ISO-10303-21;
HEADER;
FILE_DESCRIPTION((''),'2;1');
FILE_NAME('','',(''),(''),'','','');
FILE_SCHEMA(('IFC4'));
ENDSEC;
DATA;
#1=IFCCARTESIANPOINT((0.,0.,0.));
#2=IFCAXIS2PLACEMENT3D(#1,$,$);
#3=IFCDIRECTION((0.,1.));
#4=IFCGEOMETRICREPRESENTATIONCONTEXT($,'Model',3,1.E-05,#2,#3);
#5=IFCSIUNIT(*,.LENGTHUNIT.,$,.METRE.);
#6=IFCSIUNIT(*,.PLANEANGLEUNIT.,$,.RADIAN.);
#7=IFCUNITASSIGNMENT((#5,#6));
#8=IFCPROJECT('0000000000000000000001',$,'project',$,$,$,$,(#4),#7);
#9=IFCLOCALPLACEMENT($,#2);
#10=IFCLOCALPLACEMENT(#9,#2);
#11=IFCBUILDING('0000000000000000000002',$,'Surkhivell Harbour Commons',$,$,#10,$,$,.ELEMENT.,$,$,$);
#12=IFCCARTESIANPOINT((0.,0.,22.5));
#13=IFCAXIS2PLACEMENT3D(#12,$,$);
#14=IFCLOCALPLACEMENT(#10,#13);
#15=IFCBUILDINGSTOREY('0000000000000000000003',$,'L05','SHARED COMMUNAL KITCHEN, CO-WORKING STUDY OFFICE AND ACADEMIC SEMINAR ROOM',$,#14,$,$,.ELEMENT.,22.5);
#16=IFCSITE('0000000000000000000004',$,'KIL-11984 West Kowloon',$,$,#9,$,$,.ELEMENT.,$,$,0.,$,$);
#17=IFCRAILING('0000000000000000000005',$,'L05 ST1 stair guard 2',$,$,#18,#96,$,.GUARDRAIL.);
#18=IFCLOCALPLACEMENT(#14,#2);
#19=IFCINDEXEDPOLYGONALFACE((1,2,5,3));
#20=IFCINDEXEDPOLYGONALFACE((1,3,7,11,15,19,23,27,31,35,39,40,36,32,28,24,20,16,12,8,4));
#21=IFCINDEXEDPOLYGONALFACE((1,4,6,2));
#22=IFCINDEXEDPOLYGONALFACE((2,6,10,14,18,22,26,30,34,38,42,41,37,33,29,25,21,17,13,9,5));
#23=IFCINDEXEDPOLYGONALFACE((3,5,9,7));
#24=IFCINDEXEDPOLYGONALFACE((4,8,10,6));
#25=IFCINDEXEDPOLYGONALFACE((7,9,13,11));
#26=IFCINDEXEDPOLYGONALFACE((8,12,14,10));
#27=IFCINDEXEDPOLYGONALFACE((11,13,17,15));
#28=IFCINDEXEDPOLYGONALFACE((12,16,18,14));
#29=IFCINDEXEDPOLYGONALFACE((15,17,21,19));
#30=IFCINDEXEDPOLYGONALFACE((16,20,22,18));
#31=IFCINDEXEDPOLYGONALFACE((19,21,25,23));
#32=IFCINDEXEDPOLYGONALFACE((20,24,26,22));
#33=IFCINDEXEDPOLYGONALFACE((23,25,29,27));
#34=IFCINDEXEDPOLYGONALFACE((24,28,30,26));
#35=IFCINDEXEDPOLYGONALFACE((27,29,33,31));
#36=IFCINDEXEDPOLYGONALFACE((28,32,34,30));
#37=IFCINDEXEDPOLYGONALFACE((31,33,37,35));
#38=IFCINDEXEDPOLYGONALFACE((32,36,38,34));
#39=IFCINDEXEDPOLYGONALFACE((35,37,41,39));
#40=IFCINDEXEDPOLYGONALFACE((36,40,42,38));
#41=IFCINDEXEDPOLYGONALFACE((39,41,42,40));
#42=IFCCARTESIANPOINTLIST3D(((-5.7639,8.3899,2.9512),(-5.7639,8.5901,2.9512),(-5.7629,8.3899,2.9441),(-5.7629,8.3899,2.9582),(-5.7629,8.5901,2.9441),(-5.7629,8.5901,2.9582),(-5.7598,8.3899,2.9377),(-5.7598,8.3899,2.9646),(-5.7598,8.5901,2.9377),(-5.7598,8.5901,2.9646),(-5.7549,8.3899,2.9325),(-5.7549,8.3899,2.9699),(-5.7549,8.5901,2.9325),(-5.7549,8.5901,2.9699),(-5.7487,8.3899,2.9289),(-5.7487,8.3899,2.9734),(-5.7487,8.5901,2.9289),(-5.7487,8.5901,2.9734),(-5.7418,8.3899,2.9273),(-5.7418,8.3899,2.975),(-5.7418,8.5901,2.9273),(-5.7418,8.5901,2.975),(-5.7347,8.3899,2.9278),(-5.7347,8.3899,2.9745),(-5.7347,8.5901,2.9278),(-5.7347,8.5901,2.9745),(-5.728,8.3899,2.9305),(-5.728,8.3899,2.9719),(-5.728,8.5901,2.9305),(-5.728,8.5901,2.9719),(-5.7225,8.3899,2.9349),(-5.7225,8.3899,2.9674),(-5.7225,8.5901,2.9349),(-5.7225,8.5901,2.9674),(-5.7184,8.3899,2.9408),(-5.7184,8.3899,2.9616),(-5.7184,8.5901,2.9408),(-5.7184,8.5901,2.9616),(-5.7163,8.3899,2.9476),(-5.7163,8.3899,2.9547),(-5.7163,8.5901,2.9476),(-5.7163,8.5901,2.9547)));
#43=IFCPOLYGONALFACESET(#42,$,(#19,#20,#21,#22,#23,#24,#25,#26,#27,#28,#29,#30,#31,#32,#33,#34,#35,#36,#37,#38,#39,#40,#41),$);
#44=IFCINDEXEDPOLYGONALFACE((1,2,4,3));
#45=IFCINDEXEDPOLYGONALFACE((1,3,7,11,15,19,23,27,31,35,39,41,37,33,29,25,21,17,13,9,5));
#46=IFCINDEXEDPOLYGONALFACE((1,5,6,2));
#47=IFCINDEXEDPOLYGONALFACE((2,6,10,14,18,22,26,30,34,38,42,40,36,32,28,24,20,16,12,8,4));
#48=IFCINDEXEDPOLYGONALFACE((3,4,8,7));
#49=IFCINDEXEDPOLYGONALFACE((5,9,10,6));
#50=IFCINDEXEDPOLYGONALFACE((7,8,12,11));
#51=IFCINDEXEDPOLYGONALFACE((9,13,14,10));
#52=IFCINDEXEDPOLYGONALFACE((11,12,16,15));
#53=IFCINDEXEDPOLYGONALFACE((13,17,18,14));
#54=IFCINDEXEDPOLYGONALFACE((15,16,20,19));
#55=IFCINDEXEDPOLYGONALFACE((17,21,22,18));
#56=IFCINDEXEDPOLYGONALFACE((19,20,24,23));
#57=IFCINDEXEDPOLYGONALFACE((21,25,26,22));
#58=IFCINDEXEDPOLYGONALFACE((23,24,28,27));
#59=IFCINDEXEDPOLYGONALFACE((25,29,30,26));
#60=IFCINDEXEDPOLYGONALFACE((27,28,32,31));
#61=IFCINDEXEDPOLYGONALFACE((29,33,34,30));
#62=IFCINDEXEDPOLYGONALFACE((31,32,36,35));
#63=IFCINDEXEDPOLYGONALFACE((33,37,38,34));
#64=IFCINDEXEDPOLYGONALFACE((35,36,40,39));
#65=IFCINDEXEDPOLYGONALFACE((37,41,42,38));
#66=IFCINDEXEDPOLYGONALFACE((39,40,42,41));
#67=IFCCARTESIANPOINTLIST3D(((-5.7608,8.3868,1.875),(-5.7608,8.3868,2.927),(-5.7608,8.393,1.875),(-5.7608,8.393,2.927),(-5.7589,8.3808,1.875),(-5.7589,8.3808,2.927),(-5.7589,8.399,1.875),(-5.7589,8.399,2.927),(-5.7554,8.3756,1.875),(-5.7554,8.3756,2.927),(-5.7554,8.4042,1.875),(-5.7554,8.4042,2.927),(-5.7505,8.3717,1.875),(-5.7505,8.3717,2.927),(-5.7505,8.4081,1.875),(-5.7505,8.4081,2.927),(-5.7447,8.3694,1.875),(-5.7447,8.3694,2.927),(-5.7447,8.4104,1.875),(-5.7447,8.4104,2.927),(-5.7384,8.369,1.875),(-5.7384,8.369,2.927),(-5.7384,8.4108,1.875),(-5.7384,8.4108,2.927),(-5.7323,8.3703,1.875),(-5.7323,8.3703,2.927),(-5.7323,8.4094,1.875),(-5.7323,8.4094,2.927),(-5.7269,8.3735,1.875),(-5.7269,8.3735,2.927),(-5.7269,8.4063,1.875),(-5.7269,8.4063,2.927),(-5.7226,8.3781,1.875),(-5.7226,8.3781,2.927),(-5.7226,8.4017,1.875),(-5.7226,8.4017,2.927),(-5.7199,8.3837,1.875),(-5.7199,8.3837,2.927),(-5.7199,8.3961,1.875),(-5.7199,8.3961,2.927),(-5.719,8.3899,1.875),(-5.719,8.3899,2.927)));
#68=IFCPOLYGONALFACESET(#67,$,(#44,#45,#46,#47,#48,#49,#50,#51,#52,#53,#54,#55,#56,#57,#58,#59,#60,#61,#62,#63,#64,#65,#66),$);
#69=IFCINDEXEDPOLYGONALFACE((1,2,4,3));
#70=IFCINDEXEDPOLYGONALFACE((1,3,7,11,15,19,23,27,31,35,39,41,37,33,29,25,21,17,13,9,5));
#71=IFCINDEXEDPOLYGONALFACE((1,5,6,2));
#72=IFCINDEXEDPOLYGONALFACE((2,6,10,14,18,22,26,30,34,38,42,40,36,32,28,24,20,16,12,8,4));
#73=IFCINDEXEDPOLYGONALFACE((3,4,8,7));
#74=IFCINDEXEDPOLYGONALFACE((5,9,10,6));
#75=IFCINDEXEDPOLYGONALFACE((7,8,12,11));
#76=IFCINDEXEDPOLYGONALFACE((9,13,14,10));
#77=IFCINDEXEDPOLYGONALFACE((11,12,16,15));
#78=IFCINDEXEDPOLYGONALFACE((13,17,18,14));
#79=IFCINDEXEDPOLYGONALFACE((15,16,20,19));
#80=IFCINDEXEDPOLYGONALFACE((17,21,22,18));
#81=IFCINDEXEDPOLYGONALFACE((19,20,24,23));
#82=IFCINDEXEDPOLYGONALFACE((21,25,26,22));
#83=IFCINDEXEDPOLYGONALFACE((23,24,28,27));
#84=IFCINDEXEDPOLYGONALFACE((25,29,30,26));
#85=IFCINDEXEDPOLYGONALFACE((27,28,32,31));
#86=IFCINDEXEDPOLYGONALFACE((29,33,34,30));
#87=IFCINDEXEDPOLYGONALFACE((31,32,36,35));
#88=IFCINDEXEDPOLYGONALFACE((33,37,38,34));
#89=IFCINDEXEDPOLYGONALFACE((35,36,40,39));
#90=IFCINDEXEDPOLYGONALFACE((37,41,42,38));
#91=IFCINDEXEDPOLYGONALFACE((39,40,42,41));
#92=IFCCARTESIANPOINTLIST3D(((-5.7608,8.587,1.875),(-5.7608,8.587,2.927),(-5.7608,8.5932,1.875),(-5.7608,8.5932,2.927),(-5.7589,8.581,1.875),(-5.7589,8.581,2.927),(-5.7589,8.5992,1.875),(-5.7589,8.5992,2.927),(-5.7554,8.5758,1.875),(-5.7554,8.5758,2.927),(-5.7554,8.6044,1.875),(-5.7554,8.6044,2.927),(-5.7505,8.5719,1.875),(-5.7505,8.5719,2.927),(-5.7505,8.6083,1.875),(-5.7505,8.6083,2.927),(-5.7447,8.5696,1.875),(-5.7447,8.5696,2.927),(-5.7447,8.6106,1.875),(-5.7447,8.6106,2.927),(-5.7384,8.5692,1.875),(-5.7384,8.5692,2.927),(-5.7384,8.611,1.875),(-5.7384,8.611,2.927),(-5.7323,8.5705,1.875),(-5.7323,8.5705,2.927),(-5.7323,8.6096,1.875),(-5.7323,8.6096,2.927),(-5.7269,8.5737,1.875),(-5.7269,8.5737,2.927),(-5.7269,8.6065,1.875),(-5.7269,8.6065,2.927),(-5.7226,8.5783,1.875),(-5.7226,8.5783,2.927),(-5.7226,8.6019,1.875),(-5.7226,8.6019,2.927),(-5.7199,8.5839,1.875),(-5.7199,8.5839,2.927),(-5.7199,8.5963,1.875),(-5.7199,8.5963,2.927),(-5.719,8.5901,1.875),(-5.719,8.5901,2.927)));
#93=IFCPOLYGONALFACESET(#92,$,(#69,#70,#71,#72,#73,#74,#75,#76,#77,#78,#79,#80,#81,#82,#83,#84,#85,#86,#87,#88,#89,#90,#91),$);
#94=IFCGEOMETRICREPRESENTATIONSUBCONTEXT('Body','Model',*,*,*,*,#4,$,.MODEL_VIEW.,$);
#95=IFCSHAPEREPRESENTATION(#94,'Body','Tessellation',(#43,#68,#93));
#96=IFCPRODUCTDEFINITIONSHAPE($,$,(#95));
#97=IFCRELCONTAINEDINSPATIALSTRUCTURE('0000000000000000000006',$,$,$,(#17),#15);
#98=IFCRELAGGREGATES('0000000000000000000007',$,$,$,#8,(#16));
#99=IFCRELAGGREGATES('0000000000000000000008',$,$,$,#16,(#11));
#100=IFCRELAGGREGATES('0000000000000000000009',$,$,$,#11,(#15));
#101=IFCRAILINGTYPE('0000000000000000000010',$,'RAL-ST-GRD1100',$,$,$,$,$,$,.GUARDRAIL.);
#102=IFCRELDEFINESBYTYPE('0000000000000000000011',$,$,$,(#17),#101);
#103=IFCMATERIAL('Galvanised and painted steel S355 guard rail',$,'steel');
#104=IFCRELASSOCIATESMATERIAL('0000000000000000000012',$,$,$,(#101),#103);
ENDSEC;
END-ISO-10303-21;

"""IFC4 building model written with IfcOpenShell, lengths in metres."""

from ifc_helpers import new_model, si_unit, direction, frame, origin, origin_2d, place, context, subcontext, project, spatial, circle, extrude, material, type_object, element, save


model = new_model("IFC4")

# Units and contexts
model_context = context("Model", 3, precision=1e-05, world=origin(), true_north=direction((0.0, 1.0)))
body_context = subcontext(model_context, "Body", "Model", "MODEL_VIEW")
ifc_project = project(units=[si_unit("LENGTHUNIT", "METRE"), si_unit("PLANEANGLEUNIT", "RADIAN")], contexts=[model_context])

# Site, building, storey
site_placement = place(None, origin())
site = spatial("IfcSite", under=ifc_project, at=site_placement, Name="KIL-11984 West Kowloon", CompositionType="ELEMENT", RefElevation=0.0)
building_placement = place(site_placement, origin())
building = spatial("IfcBuilding", under=site, at=building_placement, Name="Surkhivell Harbour Commons", CompositionType="ELEMENT")
storey_placement = place(building_placement, frame((0.0, 0.0, 22.5)))
storey = spatial("IfcBuildingStorey", under=building, at=storey_placement, Name="L05", Description="SHARED COMMUNAL KITCHEN, CO-WORKING STUDY OFFICE AND ACADEMIC SEMINAR ROOM", CompositionType="ELEMENT", Elevation=22.5)

# Railing
ifc_material_1 = material(Name="Galvanised and painted steel S355 guard rail", Category="steel")
railing_type_1 = type_object("IfcRailingType", Name="RAL-ST-GRD1100", PredefinedType="GUARDRAIL", material=ifc_material_1)
railing_1_placement = place(storey_placement, frame((-5.74, 8.3899, 1.875)))
element("IfcRailing", 1, at=railing_1_placement, inside=storey, type_object=railing_type_1, Name="L05 ST1 stair guard 2", PredefinedType="GUARDRAIL", context=body_context, shape_type="SweptSolid", body=[
    extrude(circle(Radius=0.0239, at=origin_2d()), frame((0.0, 0.0, 1.0762), z_axis=(0.0, 1.0, 0.0), x_axis=(-1.0, 0.0, 0.0)), (0.0, 0.0, 1.0), 0.2002),
    extrude(circle(Radius=0.021, at=origin_2d()), origin(), (0.0, 0.0, 1.0), 1.052),
    extrude(circle(Radius=0.021, at=origin_2d()), frame((0.0, 0.2002, 0.0)), (0.0, 0.0, 1.0), 1.052),
])

save(model, "model.ifc")
